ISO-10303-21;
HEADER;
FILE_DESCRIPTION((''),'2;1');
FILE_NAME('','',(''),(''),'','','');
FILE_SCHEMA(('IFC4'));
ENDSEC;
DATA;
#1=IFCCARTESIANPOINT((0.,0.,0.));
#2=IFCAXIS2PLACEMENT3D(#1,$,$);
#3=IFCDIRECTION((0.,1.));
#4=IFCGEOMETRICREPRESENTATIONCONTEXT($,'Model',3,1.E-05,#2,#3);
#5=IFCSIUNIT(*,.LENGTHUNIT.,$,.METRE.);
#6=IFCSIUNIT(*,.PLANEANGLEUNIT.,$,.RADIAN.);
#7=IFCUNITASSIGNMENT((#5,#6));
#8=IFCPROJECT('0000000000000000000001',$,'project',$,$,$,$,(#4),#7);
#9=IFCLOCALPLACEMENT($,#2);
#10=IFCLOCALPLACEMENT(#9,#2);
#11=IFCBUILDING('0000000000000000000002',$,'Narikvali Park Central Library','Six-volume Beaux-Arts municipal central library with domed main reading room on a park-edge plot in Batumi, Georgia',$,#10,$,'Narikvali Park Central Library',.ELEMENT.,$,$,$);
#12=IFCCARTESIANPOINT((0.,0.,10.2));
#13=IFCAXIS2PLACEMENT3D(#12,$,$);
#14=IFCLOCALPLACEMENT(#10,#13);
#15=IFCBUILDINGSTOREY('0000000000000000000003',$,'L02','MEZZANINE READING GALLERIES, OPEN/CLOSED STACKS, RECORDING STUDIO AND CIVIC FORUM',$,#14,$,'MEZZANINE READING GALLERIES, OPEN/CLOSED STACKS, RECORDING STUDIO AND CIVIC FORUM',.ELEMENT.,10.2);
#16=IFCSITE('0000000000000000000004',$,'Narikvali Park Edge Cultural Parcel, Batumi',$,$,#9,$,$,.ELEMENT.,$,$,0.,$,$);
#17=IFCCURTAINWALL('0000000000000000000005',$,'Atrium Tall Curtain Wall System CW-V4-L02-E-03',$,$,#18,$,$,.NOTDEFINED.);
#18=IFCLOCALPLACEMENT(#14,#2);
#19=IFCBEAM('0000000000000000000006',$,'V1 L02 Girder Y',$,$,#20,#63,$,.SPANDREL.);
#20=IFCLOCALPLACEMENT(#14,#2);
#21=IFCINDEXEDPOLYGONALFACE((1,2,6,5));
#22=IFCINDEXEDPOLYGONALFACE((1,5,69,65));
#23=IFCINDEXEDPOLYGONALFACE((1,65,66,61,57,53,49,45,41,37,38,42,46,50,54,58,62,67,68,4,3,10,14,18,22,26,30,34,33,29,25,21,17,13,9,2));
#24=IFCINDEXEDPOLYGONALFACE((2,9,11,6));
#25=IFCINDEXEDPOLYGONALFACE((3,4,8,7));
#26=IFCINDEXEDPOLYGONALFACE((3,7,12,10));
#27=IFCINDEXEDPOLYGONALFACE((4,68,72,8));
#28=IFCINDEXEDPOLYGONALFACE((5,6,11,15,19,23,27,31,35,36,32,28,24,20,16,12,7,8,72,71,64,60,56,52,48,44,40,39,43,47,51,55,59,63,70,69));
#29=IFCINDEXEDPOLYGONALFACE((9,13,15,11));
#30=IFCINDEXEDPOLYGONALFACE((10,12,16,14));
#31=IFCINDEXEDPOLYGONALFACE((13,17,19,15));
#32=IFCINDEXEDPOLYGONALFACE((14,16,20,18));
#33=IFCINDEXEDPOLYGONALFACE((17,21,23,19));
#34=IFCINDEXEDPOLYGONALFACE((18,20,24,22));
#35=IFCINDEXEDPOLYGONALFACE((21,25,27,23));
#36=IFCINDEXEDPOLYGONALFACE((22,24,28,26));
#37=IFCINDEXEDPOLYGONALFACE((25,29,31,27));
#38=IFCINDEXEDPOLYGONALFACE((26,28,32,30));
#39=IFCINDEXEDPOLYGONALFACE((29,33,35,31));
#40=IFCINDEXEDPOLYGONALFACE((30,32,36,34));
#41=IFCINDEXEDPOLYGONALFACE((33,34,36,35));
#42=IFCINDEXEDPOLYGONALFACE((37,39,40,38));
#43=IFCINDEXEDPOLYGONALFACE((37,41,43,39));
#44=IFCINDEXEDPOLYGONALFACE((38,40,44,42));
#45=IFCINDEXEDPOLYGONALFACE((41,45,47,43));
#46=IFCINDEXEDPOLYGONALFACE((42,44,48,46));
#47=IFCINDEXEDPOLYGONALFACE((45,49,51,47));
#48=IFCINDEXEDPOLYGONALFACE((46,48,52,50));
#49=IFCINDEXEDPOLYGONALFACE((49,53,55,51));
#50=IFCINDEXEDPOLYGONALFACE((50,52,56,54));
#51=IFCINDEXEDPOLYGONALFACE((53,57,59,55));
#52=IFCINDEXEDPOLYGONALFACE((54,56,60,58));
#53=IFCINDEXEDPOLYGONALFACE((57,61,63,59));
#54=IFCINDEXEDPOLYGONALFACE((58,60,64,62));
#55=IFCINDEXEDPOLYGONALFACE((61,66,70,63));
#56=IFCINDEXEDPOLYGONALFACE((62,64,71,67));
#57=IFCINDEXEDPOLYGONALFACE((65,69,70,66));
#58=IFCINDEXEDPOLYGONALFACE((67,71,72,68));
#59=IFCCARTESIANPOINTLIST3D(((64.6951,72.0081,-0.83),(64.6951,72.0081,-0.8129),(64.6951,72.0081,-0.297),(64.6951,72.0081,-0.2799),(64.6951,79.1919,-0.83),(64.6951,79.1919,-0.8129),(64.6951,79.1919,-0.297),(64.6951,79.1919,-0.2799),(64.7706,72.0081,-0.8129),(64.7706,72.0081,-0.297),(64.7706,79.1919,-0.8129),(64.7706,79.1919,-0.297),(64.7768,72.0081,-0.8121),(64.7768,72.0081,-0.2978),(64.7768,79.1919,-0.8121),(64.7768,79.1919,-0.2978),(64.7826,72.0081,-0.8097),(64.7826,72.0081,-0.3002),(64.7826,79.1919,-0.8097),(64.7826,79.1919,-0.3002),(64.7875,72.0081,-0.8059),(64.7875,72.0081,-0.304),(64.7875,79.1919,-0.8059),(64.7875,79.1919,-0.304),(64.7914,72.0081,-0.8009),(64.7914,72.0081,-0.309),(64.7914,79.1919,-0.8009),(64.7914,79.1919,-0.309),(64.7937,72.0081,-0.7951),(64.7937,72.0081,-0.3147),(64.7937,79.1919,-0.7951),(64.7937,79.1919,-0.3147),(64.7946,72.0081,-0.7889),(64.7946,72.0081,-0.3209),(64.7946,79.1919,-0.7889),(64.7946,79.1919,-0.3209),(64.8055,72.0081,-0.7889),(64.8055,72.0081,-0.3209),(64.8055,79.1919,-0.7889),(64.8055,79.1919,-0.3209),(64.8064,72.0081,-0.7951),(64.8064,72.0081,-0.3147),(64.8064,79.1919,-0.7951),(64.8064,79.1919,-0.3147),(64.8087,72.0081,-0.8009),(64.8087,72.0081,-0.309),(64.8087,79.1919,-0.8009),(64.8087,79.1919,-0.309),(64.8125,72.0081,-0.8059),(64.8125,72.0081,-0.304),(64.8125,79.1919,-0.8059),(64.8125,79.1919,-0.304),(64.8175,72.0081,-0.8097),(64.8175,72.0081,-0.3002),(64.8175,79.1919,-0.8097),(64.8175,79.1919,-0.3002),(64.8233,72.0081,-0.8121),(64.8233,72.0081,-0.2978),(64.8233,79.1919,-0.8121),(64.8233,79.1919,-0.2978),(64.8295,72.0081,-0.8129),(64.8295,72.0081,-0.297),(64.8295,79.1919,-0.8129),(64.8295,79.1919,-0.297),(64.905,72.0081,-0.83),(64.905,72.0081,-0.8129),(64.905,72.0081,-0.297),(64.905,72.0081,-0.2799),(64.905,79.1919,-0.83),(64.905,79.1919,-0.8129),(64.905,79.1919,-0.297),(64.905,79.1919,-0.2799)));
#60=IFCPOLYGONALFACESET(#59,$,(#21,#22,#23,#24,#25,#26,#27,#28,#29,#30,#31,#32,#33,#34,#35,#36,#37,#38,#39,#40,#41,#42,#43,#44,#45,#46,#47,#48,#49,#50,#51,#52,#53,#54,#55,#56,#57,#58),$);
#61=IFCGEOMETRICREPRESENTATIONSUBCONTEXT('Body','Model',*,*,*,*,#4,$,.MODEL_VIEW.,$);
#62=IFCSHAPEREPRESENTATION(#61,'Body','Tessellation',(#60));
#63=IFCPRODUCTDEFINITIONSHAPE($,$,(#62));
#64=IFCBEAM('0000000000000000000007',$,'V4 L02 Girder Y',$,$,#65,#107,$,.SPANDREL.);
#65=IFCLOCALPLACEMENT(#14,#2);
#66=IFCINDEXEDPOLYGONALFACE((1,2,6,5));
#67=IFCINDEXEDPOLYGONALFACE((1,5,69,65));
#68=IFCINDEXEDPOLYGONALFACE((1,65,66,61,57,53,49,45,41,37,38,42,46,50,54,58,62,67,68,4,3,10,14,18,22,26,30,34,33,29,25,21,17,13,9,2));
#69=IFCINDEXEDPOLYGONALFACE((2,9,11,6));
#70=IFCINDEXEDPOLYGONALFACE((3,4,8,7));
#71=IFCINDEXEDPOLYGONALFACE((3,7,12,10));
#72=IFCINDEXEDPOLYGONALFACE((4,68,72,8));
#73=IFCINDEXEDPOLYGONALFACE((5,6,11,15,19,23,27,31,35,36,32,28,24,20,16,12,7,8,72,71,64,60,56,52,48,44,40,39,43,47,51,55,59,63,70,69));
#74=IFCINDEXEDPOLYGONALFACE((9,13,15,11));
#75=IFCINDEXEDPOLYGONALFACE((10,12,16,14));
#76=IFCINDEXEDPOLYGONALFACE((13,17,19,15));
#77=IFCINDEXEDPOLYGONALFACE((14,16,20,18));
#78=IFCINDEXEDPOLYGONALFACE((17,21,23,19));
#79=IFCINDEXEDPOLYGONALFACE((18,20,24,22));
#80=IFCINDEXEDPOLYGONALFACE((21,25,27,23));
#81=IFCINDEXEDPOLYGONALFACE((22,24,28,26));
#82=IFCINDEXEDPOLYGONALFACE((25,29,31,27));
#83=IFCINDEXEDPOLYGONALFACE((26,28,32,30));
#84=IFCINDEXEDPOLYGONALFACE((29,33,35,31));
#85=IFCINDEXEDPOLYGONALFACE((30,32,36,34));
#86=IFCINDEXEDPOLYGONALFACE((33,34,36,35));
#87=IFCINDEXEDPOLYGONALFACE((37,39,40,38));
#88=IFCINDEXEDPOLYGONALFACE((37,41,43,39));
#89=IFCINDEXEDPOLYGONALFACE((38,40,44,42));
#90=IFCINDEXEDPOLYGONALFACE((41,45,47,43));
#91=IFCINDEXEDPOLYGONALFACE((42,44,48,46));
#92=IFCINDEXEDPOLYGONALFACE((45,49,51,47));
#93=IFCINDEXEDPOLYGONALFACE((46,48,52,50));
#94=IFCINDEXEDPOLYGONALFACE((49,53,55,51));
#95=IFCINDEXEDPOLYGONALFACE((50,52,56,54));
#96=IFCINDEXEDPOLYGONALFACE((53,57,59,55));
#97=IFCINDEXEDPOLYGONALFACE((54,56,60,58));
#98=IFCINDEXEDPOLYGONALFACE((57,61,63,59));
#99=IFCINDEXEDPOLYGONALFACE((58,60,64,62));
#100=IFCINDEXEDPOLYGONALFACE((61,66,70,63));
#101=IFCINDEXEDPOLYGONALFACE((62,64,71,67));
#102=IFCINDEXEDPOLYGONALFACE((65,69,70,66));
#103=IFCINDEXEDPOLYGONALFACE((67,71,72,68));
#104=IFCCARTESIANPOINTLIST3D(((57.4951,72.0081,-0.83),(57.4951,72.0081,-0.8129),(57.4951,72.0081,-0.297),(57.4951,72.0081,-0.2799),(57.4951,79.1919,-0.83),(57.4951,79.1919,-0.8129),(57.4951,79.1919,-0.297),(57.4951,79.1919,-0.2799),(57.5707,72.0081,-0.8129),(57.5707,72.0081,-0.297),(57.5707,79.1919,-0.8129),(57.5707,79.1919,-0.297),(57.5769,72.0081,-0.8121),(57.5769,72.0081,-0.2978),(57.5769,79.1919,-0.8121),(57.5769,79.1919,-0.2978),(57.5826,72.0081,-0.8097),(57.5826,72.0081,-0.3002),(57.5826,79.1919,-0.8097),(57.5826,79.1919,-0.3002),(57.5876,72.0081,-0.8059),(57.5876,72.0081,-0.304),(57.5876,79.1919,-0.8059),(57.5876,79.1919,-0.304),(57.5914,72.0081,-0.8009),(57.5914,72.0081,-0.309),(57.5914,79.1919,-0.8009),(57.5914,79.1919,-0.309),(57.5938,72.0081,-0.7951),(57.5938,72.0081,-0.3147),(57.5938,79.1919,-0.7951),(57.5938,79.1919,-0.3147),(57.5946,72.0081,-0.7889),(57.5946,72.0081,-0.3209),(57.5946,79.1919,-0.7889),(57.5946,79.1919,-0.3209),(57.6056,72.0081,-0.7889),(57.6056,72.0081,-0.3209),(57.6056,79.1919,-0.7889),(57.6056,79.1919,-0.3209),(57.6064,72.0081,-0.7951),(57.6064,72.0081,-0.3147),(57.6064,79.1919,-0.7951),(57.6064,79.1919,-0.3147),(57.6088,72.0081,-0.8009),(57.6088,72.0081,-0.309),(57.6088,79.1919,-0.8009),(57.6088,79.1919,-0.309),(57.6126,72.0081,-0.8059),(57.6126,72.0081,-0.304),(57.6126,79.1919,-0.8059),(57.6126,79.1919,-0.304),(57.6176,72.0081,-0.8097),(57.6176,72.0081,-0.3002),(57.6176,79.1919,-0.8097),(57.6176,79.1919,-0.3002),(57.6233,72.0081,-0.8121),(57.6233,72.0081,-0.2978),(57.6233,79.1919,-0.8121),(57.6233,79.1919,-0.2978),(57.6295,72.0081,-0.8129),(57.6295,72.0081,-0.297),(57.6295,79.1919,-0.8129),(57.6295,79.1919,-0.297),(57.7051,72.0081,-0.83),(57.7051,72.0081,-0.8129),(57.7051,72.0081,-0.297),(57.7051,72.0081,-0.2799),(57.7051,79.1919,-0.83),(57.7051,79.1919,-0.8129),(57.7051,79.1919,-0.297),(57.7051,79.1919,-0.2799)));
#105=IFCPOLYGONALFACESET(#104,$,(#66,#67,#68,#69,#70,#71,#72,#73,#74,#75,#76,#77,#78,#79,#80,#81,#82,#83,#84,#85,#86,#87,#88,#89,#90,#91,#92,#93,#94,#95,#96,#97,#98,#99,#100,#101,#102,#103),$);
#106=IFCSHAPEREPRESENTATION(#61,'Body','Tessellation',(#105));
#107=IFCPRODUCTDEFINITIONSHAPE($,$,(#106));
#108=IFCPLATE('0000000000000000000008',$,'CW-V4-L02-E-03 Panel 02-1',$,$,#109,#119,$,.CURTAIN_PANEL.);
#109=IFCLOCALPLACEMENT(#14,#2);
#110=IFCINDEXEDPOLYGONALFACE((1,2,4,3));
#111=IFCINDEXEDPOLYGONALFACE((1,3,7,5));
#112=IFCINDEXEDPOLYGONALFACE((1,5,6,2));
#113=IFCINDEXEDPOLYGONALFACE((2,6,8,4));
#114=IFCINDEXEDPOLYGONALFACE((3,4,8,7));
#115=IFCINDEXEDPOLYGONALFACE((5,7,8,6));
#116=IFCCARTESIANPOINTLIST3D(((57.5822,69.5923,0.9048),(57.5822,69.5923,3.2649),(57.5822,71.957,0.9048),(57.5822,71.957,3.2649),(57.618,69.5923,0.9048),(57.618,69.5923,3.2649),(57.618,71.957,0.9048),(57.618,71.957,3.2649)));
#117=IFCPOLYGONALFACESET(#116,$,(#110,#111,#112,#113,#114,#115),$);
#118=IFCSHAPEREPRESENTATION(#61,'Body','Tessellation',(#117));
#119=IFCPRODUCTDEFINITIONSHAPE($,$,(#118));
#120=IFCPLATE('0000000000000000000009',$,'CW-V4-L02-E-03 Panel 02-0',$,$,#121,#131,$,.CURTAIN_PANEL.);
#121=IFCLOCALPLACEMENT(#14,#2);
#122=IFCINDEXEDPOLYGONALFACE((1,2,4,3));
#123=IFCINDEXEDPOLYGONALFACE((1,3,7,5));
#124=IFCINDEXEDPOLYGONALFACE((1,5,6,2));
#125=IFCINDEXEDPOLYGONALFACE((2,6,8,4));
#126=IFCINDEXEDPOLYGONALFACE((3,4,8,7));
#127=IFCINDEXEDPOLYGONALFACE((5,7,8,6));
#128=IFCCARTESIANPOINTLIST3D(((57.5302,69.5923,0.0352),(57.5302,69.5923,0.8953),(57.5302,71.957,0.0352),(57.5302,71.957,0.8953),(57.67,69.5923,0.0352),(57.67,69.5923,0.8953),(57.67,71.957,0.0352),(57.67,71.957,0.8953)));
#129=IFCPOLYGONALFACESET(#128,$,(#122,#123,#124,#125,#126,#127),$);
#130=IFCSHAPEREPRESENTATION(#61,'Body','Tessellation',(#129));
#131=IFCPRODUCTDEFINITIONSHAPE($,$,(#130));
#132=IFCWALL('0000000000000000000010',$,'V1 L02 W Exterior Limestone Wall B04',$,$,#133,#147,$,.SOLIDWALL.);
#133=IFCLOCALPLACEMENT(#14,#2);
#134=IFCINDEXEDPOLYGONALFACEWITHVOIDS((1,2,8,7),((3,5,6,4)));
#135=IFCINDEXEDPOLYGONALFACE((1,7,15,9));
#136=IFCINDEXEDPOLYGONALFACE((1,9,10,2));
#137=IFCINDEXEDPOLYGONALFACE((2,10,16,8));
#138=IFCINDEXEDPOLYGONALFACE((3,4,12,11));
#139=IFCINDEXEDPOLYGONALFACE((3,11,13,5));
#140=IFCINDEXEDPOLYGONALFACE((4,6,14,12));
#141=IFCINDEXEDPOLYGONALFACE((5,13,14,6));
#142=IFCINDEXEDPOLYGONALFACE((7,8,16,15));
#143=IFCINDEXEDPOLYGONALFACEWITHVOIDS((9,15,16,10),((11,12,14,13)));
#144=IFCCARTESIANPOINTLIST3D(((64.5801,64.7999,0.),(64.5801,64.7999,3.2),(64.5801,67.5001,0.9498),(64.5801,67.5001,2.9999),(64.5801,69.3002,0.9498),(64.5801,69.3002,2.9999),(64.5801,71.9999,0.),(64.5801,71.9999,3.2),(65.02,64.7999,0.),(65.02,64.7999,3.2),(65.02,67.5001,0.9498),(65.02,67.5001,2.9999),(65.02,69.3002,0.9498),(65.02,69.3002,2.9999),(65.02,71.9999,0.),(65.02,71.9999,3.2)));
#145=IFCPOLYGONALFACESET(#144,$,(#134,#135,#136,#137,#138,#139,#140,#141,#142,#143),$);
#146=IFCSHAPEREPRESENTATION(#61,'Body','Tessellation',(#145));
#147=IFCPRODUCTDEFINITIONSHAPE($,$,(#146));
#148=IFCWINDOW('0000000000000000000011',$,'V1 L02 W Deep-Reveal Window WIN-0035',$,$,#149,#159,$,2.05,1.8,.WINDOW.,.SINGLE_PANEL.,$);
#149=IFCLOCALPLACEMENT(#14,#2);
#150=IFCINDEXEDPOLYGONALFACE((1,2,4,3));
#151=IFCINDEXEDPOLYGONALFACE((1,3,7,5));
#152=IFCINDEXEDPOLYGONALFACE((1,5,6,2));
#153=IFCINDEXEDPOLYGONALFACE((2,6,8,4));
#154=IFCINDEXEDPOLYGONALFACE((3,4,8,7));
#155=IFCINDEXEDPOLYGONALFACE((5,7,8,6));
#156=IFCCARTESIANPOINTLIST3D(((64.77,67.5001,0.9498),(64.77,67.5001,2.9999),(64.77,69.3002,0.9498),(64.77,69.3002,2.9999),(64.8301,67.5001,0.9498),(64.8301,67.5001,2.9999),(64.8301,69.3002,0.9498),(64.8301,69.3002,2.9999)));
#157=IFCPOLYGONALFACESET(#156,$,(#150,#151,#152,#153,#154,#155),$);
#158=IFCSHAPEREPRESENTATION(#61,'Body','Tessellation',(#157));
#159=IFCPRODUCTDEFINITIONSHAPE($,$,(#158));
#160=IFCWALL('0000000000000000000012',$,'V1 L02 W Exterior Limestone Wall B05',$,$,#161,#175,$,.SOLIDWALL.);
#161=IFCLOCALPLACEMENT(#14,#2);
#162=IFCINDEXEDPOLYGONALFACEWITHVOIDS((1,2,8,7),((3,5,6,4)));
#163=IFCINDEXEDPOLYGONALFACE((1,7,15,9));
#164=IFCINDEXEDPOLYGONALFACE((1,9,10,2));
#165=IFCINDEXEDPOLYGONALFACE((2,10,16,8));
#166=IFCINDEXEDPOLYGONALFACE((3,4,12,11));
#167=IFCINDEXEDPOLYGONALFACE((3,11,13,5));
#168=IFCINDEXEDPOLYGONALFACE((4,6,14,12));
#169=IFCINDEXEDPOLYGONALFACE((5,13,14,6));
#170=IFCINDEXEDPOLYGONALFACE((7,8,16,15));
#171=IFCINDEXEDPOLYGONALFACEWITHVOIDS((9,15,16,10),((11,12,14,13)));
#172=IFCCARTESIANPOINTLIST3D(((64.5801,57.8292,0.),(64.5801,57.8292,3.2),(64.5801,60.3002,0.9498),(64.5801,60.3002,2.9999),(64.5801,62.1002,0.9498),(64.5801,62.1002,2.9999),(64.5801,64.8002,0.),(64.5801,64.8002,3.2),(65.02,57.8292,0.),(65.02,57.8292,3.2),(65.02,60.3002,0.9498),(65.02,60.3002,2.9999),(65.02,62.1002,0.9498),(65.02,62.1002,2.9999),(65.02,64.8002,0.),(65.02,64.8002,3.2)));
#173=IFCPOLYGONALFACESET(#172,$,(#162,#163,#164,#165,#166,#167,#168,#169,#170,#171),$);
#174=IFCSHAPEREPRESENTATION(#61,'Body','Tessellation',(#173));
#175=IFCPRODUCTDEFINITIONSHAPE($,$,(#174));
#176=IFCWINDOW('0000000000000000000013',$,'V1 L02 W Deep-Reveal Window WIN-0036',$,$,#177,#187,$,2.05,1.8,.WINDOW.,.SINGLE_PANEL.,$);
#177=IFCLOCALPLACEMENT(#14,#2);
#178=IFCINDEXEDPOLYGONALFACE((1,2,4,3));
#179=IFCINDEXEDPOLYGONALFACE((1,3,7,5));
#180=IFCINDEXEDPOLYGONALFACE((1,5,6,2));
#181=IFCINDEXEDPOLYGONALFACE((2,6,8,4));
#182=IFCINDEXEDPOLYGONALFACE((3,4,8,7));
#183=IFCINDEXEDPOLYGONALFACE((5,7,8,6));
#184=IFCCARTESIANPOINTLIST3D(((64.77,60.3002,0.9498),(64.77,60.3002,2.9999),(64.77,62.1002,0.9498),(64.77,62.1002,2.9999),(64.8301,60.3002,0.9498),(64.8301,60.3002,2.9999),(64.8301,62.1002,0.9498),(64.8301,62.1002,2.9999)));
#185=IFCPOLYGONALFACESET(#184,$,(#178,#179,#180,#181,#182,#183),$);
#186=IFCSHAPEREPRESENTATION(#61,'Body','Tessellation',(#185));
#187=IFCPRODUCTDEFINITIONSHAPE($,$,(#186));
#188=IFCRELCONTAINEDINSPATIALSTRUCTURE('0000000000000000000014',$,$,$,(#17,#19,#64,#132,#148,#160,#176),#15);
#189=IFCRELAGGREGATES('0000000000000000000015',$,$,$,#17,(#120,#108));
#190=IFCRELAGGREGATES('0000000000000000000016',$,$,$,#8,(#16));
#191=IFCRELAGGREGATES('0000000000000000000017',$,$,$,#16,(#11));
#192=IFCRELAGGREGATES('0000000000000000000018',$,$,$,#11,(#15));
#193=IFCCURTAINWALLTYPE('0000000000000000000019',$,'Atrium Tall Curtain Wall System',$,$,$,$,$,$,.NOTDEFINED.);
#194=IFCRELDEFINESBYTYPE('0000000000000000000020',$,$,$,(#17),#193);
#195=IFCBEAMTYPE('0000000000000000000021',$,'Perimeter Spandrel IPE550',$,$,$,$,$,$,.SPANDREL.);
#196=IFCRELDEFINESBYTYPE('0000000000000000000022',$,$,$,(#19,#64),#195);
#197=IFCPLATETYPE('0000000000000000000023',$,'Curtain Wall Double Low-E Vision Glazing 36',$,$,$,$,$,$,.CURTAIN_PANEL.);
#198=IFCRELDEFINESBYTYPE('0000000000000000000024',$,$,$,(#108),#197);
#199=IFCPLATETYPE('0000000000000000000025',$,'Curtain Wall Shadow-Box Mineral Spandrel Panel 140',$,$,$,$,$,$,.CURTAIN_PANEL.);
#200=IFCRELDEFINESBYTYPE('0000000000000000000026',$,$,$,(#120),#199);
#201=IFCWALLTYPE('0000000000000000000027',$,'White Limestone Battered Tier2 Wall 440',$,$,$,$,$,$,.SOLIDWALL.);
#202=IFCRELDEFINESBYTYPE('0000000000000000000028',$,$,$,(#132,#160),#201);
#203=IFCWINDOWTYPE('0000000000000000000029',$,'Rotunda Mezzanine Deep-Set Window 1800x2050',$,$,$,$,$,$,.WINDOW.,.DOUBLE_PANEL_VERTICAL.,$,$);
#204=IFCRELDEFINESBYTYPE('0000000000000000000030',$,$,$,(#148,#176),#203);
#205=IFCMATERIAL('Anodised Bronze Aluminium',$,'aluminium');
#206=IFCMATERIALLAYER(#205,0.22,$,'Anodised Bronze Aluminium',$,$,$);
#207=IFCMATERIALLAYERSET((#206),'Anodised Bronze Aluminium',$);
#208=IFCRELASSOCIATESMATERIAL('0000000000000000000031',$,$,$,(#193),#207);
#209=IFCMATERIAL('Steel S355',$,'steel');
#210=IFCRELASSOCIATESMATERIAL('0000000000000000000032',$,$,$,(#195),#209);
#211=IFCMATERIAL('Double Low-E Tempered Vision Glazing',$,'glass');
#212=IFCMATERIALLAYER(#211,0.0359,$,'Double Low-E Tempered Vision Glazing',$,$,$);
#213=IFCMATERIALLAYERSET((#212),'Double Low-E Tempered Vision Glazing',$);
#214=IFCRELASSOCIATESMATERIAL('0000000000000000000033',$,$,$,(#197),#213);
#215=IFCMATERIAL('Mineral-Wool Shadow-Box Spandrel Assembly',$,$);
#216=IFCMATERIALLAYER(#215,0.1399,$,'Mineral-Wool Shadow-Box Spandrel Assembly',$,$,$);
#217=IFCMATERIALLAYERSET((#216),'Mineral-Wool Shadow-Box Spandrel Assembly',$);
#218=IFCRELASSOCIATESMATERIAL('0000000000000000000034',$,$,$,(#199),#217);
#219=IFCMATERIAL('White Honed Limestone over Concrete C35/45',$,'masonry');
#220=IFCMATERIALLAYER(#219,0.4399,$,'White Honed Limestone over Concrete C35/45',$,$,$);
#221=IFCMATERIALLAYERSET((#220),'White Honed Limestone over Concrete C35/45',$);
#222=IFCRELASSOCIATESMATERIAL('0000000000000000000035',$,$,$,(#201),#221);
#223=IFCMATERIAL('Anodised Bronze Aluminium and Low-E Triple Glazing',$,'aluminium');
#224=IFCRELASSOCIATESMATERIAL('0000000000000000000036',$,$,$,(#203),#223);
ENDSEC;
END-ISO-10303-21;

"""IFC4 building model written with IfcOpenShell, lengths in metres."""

from ifc_helpers import new_model, si_unit, direction, frame, frame_2d, origin, origin_2d, place, context, subcontext, project, spatial, rectangle, i_section, extrude, material, layer, layer_set, material_profile, profile_set, type_object, element, fill, aggregate, save


model = new_model("IFC4")

# Units and contexts
model_context = context("Model", 3, precision=1e-05, world=origin(), true_north=direction((0.0, 1.0)))
body_context = subcontext(model_context, "Body", "Model", "MODEL_VIEW")
ifc_project = project(units=[si_unit("LENGTHUNIT", "METRE"), si_unit("PLANEANGLEUNIT", "RADIAN")], contexts=[model_context])

# Site, building, storey
site_placement = place(None, origin())
site = spatial("IfcSite", under=ifc_project, at=site_placement, Name="Narikvali Park Edge Cultural Parcel, Batumi", CompositionType="ELEMENT", RefElevation=0.0)
building_placement = place(site_placement, origin())
building = spatial("IfcBuilding", under=site, at=building_placement, Name="Narikvali Park Central Library", Description="Six-volume Beaux-Arts municipal central library with domed main reading room on a park-edge plot in Batumi, Georgia", LongName="Narikvali Park Central Library", CompositionType="ELEMENT")
storey_placement = place(building_placement, frame((0.0, 0.0, 10.2)))
storey = spatial("IfcBuildingStorey", under=building, at=storey_placement, Name="L02", Description="MEZZANINE READING GALLERIES, OPEN/CLOSED STACKS, RECORDING STUDIO AND CIVIC FORUM", LongName="MEZZANINE READING GALLERIES, OPEN/CLOSED STACKS, RECORDING STUDIO AND CIVIC FORUM", CompositionType="ELEMENT", Elevation=10.2)

# Shared definitions
ifc_material_1 = material(Name="Steel S355", Category="steel")

# Curtain wall
ifc_material_2 = material(Name="Anodised Bronze Aluminium", Category="aluminium")
ifc_layer_1 = layer(ifc_material_2, 0.22, Name="Anodised Bronze Aluminium")
ifc_layer_set_1 = layer_set([ifc_layer_1], Name="Anodised Bronze Aluminium")
curtain_wall_type = type_object("IfcCurtainWallType", Name="Atrium Tall Curtain Wall System", PredefinedType="NOTDEFINED", material=ifc_layer_set_1)
curtain_wall_placement = place(storey_placement, origin())
curtain_wall = element("IfcCurtainWall", 1, at=curtain_wall_placement, inside=storey, type_object=curtain_wall_type, Name="Atrium Tall Curtain Wall System CW-V4-L02-E-03", PredefinedType="NOTDEFINED")

# Beams
ifc_material_profile_1 = material_profile(ifc_material_1, i_section(OverallWidth=0.21, OverallDepth=0.55, WebThickness=0.011, FlangeThickness=0.0171, FilletRadius=0.0239, at=origin_2d()), Name="IPE 550")
ifc_profile_set_1 = profile_set([ifc_material_profile_1], Name="Steel S355")
beam_type_1 = type_object("IfcBeamType", Name="Perimeter Spandrel IPE550", PredefinedType="SPANDREL", material=ifc_profile_set_1)
for number, where, z_axis, x_axis, name in (
    (2, (64.8, 72.0081, -0.5549), (0.0, 1.0, 0.0), (-1.0, 0.0, 0.0), "V1 L02 Girder Y"),
    (3, (57.6001, 72.0081, -0.5549), (0.0, 1.0, 0.0), (-1.0, 0.0, 0.0), "V4 L02 Girder Y"),
):
    element("IfcBeam", number, at=place(storey_placement, frame(where, z_axis=z_axis, x_axis=x_axis)), inside=storey, type_object=beam_type_1, Name=name, PredefinedType="SPANDREL", context=body_context, shape_type="SweptSolid", body=[
        extrude(i_section(OverallWidth=0.21, OverallDepth=0.55, WebThickness=0.011, FlangeThickness=0.0171, FilletRadius=0.0239, at=origin_2d()), origin(), (0.0, 0.0, 1.0), 7.1838),
    ])

# Plates
ifc_material_3 = material(Name="Double Low-E Tempered Vision Glazing", Category="glass")
ifc_layer_2 = layer(ifc_material_3, 0.0359, Name="Double Low-E Tempered Vision Glazing")
ifc_layer_set_2 = layer_set([ifc_layer_2], Name="Double Low-E Tempered Vision Glazing")
plate_type_1 = type_object("IfcPlateType", Name="Curtain Wall Double Low-E Vision Glazing 36", PredefinedType="CURTAIN_PANEL", material=ifc_layer_set_2)
plate_1_placement = place(storey_placement, frame((57.6001, 70.7747, 0.9048), z_axis=(0.0, 0.0, 1.0), x_axis=(0.0, 1.0, 0.0)))
plate_1 = element("IfcPlate", 4, at=plate_1_placement, type_object=plate_type_1, Name="CW-V4-L02-E-03 Panel 02-1", PredefinedType="CURTAIN_PANEL", context=body_context, shape_type="SweptSolid", body=[
    extrude(rectangle(XDim=2.3647, YDim=0.0359, at=origin_2d()), origin(), (0.0, 0.0, 1.0), 2.3601),
])
ifc_material_4 = material(Name="Mineral-Wool Shadow-Box Spandrel Assembly")
ifc_layer_3 = layer(ifc_material_4, 0.1399, Name="Mineral-Wool Shadow-Box Spandrel Assembly")
ifc_layer_set_3 = layer_set([ifc_layer_3], Name="Mineral-Wool Shadow-Box Spandrel Assembly")
plate_type_2 = type_object("IfcPlateType", Name="Curtain Wall Shadow-Box Mineral Spandrel Panel 140", PredefinedType="CURTAIN_PANEL", material=ifc_layer_set_3)
plate_2_placement = place(storey_placement, frame((57.6001, 70.7747, 0.0352), z_axis=(0.0, 0.0, 1.0), x_axis=(0.0, 1.0, 0.0)))
plate_2 = element("IfcPlate", 5, at=plate_2_placement, type_object=plate_type_2, Name="CW-V4-L02-E-03 Panel 02-0", PredefinedType="CURTAIN_PANEL", context=body_context, shape_type="SweptSolid", body=[
    extrude(rectangle(XDim=2.3647, YDim=0.1399, at=origin_2d()), origin(), (0.0, 0.0, 1.0), 0.8601),
])
aggregate(curtain_wall, [plate_2, plate_1])

# Walls, openings, windows
ifc_material_5 = material(Name="White Honed Limestone over Concrete C35/45", Category="masonry")
ifc_layer_4 = layer(ifc_material_5, 0.4399, Name="White Honed Limestone over Concrete C35/45")
ifc_layer_set_4 = layer_set([ifc_layer_4], Name="White Honed Limestone over Concrete C35/45")
wall_type = type_object("IfcWallType", Name="White Limestone Battered Tier2 Wall 440", PredefinedType="SOLIDWALL", material=ifc_layer_set_4)
wall_1_placement = place(storey_placement, frame((64.8, 72.0, 0.0), z_axis=(0.0, 0.0, 1.0), x_axis=(0.0, -1.0, 0.0)))
wall_1 = element("IfcWall", 6, at=wall_1_placement, inside=storey, type_object=wall_type, Name="V1 L02 W Exterior Limestone Wall B04", PredefinedType="SOLIDWALL", context=body_context, shape_type="SweptSolid", body=[
    extrude(rectangle(XDim=7.2, YDim=0.4399, at=frame_2d((3.6001, 0.0))), origin(), (0.0, 0.0, 1.0), 3.2),
])
opening_1_placement = place(wall_1_placement, frame((2.7, 0.0, 0.95)))
opening_1 = element("IfcOpeningElement", 7, at=opening_1_placement, cuts=wall_1, PredefinedType="OPENING", context=body_context, shape_type="SweptSolid", body=[
    extrude(rectangle(XDim=1.8, YDim=2.05, at=frame_2d((0.8999, 1.0249))), frame((0.0, 0.2319, 0.0), z_axis=(0.0, -1.0, 0.0), x_axis=(1.0, 0.0, 0.0)), (0.0, 0.0, 1.0), 0.4639),
])
ifc_material_6 = material(Name="Anodised Bronze Aluminium and Low-E Triple Glazing", Category="aluminium")
window_type = type_object("IfcWindowType", Name="Rotunda Mezzanine Deep-Set Window 1800x2050", PartitioningType="DOUBLE_PANEL_VERTICAL", PredefinedType="WINDOW", material=ifc_material_6)
window_1_placement = place(opening_1_placement, origin())
window_1 = element("IfcWindow", 8, at=window_1_placement, inside=storey, type_object=window_type, Name="V1 L02 W Deep-Reveal Window WIN-0035", OverallHeight=2.05, OverallWidth=1.8, PartitioningType="SINGLE_PANEL", PredefinedType="WINDOW", context=body_context, shape_type="SweptSolid", body=[
    extrude(rectangle(XDim=1.8, YDim=2.05, at=frame_2d((0.8999, 1.0249))), frame((0.0, 0.03, 0.0), z_axis=(0.0, -1.0, 0.0), x_axis=(1.0, 0.0, 0.0)), (0.0, 0.0, 1.0), 0.0601),
])
fill(opening_1, window_1)
wall_2_placement = place(storey_placement, frame((64.8, 64.8, 0.0), z_axis=(0.0, 0.0, 1.0), x_axis=(0.0, -1.0, 0.0)))
wall_2 = element("IfcWall", 9, at=wall_2_placement, inside=storey, type_object=wall_type, Name="V1 L02 W Exterior Limestone Wall B05", PredefinedType="SOLIDWALL", context=body_context, shape_type="SweptSolid", body=[
    extrude(rectangle(XDim=6.9709, YDim=0.4399, at=frame_2d((3.4854, 0.0))), origin(), (0.0, 0.0, 1.0), 3.2),
])
opening_2_placement = place(wall_2_placement, frame((2.7, 0.0, 0.95)))
opening_2 = element("IfcOpeningElement", 10, at=opening_2_placement, cuts=wall_2, PredefinedType="OPENING", context=body_context, shape_type="SweptSolid", body=[
    extrude(rectangle(XDim=1.8, YDim=2.05, at=frame_2d((0.8999, 1.0249))), frame((0.0, 0.2319, 0.0), z_axis=(0.0, -1.0, 0.0), x_axis=(1.0, 0.0, 0.0)), (0.0, 0.0, 1.0), 0.4639),
])
window_2_placement = place(opening_2_placement, origin())
window_2 = element("IfcWindow", 11, at=window_2_placement, inside=storey, type_object=window_type, Name="V1 L02 W Deep-Reveal Window WIN-0036", OverallHeight=2.05, OverallWidth=1.8, PartitioningType="SINGLE_PANEL", PredefinedType="WINDOW", context=body_context, shape_type="SweptSolid", body=[
    extrude(rectangle(XDim=1.8, YDim=2.05, at=frame_2d((0.8999, 1.0249))), frame((0.0, 0.03, 0.0), z_axis=(0.0, -1.0, 0.0), x_axis=(1.0, 0.0, 0.0)), (0.0, 0.0, 1.0), 0.0601),
])
fill(opening_2, window_2)

save(model, "model.ifc")
